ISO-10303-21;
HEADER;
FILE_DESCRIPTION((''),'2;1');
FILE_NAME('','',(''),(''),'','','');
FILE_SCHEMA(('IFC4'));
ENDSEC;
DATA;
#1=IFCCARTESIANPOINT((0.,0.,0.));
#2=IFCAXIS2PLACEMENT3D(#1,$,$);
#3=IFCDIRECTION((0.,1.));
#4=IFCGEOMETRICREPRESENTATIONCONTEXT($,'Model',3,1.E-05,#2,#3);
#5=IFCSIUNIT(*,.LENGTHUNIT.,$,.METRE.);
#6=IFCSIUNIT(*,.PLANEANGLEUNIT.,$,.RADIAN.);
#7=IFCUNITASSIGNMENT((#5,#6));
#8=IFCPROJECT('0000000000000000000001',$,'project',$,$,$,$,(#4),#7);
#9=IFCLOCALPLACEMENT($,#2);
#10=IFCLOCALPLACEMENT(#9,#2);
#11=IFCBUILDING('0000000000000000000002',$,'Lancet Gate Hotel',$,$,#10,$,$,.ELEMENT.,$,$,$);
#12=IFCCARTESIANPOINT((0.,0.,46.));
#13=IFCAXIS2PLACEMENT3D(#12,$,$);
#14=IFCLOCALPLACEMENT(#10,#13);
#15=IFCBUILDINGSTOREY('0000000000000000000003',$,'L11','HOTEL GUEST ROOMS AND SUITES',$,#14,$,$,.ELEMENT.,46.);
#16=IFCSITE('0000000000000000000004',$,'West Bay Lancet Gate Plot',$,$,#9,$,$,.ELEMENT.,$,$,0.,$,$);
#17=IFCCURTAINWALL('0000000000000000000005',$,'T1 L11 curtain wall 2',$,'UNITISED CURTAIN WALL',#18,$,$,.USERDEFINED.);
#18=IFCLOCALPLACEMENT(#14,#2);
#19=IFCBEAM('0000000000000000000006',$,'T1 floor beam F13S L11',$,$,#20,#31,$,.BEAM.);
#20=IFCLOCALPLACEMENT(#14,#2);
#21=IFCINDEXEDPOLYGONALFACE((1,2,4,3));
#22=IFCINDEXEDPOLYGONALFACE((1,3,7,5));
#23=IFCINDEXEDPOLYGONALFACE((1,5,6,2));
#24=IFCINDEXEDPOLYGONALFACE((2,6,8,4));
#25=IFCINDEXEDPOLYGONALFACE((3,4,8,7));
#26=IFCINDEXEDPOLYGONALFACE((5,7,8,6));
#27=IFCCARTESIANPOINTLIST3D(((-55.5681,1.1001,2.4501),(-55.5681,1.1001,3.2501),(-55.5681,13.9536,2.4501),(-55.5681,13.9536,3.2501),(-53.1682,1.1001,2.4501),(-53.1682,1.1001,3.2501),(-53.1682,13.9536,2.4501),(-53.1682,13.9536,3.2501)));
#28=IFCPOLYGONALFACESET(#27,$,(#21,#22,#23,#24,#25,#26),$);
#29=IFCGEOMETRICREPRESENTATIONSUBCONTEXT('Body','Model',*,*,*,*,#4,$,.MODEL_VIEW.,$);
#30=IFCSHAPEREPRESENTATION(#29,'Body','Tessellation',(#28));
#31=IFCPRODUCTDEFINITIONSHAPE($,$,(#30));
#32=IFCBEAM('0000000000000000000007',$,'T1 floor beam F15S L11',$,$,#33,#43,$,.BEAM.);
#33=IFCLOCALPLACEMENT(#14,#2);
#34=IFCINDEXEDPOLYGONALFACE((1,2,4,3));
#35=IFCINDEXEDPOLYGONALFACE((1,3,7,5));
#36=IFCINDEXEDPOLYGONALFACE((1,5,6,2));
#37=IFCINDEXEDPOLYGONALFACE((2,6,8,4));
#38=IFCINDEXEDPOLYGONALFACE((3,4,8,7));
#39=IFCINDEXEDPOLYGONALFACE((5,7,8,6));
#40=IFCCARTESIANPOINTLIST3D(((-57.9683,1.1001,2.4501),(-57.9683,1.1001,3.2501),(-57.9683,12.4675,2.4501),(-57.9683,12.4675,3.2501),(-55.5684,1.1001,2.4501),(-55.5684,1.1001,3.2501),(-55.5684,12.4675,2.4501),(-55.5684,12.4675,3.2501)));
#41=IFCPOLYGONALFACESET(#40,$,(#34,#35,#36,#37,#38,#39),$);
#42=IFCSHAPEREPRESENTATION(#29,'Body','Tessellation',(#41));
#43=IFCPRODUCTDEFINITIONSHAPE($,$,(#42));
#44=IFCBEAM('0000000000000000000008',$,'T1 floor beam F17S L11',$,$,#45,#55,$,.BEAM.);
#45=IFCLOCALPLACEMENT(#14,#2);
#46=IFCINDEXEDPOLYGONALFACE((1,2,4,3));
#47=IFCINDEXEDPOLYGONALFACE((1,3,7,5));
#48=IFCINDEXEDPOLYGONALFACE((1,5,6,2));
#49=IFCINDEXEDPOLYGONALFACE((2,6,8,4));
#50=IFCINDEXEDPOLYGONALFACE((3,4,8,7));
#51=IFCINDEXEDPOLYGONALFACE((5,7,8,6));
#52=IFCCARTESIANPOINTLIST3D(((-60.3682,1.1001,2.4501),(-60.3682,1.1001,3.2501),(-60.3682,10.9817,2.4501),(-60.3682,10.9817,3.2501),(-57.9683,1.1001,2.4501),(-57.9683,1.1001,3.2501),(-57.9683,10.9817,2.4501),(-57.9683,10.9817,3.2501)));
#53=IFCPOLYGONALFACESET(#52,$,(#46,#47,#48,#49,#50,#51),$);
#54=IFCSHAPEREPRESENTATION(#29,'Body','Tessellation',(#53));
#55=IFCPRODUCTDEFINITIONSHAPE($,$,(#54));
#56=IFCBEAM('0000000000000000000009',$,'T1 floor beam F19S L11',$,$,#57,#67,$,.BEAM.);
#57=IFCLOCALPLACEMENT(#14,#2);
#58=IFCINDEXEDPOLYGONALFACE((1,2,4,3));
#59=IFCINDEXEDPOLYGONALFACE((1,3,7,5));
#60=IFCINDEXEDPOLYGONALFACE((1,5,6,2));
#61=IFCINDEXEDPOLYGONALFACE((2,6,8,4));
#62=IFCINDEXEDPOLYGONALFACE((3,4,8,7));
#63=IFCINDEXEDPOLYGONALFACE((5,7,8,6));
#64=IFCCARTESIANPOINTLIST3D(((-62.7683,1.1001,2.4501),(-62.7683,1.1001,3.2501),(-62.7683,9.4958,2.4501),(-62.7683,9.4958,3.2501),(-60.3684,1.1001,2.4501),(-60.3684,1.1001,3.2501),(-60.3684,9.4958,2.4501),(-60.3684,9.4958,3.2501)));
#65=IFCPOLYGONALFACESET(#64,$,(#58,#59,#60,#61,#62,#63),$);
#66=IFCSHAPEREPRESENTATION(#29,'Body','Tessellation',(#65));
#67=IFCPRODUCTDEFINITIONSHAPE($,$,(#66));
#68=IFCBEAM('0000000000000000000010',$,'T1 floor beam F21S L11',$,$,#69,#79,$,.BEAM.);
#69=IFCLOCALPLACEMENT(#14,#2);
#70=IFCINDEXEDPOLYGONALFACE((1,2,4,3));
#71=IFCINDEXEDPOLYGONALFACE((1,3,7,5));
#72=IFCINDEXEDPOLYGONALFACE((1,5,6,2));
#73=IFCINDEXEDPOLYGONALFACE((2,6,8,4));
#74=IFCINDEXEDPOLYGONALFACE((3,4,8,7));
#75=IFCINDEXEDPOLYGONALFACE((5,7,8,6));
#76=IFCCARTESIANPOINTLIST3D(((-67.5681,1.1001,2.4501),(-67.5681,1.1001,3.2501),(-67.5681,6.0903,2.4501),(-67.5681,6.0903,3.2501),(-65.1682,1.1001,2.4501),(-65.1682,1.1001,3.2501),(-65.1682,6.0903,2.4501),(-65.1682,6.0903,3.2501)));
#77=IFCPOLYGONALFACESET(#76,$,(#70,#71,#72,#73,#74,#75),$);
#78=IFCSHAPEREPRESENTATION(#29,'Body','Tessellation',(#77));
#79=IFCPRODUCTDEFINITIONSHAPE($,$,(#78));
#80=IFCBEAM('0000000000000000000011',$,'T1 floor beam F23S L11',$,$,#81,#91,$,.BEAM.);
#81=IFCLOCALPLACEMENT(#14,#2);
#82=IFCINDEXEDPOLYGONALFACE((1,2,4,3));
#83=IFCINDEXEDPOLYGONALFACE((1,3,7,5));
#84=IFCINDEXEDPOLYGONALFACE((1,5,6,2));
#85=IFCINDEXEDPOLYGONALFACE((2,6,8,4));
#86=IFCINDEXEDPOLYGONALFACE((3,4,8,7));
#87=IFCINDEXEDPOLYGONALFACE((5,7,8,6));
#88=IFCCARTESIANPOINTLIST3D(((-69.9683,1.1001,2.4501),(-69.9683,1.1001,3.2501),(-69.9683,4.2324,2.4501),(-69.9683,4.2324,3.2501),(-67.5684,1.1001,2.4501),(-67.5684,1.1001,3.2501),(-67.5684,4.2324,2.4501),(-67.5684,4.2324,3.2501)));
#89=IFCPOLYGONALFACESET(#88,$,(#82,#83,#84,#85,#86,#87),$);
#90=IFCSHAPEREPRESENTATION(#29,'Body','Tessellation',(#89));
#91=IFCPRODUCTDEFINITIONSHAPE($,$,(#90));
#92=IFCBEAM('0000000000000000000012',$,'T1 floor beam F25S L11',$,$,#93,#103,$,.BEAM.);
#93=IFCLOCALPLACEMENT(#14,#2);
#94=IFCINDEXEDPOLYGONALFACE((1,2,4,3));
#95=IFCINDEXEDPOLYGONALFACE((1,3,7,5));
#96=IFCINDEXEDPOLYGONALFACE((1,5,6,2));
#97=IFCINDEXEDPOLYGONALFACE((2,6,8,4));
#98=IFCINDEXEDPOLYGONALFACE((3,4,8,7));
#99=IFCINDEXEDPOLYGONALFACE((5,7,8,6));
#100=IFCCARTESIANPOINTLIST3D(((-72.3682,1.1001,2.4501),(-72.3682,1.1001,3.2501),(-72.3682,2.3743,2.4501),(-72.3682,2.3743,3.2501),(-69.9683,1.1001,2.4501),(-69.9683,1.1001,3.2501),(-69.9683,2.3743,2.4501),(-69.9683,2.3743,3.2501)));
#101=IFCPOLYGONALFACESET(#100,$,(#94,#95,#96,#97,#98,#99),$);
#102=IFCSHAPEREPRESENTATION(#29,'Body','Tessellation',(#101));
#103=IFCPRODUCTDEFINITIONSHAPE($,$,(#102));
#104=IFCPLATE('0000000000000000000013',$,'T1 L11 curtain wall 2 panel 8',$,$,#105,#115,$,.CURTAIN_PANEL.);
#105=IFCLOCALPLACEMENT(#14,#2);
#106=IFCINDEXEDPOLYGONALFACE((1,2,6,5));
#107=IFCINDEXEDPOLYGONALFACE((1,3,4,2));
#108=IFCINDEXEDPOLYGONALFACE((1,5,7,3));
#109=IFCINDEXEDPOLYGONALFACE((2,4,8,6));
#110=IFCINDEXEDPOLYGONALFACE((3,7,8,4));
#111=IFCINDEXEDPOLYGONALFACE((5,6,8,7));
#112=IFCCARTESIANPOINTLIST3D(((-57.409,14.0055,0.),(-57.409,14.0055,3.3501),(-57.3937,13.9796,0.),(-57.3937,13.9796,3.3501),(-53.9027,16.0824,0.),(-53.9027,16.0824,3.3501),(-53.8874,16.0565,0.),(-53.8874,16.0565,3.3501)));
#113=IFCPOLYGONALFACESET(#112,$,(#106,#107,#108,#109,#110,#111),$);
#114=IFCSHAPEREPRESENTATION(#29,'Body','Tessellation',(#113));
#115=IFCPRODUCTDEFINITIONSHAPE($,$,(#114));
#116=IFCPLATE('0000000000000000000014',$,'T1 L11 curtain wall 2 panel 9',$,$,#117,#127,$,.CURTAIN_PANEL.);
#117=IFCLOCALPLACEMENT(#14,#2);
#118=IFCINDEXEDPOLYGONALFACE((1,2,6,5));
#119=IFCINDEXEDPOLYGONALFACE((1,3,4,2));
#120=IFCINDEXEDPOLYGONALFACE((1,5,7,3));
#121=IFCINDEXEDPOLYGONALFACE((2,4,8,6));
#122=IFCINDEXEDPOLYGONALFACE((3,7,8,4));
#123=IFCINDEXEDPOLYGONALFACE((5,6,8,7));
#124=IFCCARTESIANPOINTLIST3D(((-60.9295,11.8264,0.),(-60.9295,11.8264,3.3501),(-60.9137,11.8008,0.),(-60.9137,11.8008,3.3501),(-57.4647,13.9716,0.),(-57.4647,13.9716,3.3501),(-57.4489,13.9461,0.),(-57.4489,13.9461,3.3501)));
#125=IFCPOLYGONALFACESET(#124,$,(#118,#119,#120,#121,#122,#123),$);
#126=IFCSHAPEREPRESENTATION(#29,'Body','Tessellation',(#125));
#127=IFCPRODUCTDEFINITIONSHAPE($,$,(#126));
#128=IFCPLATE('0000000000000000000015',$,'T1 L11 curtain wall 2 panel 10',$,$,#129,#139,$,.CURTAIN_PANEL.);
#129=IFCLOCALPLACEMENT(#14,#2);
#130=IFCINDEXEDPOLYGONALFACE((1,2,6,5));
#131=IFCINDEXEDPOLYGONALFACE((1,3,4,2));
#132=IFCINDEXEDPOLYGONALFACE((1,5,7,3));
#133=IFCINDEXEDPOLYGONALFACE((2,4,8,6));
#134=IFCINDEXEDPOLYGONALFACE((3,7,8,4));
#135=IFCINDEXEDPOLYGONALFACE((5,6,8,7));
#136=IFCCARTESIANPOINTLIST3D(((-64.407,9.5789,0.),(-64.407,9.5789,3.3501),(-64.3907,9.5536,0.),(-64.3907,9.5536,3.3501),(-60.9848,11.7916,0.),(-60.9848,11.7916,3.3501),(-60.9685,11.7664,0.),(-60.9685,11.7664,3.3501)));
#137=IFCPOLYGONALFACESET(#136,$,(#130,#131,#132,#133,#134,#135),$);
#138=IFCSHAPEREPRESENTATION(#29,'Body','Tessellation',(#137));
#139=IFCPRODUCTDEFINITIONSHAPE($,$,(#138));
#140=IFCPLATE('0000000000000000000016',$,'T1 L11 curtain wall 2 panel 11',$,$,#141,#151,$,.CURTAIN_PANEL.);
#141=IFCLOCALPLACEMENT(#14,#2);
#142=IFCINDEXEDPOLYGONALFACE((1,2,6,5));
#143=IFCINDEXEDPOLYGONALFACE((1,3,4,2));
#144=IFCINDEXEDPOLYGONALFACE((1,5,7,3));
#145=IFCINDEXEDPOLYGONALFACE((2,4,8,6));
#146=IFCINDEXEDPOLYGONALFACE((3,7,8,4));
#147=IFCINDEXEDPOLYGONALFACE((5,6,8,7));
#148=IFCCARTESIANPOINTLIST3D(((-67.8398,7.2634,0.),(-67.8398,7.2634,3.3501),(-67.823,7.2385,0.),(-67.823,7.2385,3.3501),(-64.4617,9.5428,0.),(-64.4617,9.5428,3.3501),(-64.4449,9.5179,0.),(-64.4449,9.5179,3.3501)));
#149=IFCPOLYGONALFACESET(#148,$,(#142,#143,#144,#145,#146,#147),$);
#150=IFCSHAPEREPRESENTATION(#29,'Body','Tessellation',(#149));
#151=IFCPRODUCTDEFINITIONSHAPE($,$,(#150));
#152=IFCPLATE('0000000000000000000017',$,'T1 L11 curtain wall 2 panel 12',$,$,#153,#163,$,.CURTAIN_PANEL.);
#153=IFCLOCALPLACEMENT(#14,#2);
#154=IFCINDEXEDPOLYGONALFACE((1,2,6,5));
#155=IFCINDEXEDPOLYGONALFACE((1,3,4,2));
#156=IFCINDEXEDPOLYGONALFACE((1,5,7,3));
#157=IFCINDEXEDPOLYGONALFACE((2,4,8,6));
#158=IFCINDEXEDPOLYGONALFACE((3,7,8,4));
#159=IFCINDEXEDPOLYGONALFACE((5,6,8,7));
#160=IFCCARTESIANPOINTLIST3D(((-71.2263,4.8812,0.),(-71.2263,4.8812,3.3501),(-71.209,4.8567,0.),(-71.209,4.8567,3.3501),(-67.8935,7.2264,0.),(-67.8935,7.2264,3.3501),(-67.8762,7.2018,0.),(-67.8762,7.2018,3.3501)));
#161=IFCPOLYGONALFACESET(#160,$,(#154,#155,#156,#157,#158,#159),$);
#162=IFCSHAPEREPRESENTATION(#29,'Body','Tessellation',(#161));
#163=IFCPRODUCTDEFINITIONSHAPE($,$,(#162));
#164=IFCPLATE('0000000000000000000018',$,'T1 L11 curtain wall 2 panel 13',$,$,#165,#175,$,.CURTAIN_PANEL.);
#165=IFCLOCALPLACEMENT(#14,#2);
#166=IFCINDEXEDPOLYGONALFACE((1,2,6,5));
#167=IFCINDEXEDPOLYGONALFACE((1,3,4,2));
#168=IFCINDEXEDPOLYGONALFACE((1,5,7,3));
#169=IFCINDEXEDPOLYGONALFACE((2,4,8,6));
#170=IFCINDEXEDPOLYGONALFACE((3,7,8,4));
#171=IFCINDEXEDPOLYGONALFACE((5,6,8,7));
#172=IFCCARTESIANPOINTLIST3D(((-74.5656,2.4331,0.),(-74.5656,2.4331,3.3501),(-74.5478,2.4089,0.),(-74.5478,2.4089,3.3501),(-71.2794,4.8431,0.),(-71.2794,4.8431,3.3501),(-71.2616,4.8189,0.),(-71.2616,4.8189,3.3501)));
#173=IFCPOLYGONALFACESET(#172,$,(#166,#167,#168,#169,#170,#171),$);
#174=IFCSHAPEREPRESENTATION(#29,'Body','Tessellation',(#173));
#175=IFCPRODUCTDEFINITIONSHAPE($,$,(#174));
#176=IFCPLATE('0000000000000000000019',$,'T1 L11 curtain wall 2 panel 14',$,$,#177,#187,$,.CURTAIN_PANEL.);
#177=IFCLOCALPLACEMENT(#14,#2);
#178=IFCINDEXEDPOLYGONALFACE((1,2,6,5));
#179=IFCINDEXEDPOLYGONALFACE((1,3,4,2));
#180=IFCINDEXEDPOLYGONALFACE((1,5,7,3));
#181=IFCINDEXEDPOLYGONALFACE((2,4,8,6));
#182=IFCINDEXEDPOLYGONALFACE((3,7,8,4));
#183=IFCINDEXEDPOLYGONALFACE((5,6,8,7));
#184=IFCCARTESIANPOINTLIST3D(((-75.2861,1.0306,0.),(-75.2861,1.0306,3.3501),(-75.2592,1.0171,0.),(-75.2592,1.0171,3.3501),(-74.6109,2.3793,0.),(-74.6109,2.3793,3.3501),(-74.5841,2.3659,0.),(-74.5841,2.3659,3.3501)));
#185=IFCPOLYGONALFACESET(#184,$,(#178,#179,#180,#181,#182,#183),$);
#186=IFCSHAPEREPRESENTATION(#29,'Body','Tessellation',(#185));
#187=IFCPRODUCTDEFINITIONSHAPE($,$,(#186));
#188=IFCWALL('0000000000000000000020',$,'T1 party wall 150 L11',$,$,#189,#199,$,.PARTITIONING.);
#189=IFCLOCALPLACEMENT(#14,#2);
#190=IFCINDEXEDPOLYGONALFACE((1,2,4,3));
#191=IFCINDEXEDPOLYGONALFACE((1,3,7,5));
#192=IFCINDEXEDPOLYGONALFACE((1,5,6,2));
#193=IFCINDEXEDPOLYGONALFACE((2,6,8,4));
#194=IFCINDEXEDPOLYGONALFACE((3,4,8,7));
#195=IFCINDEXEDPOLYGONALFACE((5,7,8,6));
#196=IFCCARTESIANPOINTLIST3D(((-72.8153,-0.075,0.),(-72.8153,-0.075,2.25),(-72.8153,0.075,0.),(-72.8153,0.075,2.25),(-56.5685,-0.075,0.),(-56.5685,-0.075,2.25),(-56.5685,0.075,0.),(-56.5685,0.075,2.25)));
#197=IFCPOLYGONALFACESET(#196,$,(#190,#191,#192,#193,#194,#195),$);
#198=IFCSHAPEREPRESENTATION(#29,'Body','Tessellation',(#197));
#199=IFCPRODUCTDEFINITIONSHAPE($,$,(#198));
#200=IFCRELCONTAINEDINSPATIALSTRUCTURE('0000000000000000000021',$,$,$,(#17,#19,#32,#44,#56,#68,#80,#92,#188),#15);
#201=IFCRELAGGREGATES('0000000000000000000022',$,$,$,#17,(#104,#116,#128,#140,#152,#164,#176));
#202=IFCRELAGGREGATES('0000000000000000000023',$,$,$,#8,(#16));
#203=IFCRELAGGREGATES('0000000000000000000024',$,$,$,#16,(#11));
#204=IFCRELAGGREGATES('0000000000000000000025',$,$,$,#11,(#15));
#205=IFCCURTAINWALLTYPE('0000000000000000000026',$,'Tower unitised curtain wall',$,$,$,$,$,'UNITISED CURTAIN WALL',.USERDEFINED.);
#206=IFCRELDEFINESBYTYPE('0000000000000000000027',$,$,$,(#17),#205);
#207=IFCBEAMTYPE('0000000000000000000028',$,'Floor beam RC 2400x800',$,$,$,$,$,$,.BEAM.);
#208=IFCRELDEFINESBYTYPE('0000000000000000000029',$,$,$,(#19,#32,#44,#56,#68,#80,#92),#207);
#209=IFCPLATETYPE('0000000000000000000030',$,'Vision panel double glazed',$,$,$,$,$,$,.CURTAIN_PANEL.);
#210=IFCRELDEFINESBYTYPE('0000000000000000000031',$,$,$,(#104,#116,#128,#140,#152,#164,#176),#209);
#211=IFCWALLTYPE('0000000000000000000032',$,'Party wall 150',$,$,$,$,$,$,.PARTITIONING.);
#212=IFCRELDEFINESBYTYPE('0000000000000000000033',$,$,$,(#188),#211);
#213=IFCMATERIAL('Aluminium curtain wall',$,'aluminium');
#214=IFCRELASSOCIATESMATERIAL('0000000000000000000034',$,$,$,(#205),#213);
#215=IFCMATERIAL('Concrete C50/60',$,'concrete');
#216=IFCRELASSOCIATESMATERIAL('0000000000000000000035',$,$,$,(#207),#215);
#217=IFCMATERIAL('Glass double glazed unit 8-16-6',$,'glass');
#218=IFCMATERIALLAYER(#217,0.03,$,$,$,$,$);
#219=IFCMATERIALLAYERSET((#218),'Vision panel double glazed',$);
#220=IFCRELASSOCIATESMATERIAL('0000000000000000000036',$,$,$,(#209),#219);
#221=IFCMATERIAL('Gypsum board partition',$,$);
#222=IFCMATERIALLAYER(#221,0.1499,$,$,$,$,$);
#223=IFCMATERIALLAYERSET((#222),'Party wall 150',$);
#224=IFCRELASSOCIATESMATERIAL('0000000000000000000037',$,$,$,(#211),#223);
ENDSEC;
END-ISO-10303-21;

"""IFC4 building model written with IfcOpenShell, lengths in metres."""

from ifc_helpers import new_model, si_unit, direction, frame, frame_2d, origin, origin_2d, place, context, subcontext, project, spatial, rectangle, extrude, material, layer, layer_set, material_profile, profile_set, type_object, element, aggregate, save


model = new_model("IFC4")

# Units and contexts
model_context = context("Model", 3, precision=1e-05, world=origin(), true_north=direction((0.0, 1.0)))
body_context = subcontext(model_context, "Body", "Model", "MODEL_VIEW")
ifc_project = project(units=[si_unit("LENGTHUNIT", "METRE"), si_unit("PLANEANGLEUNIT", "RADIAN")], contexts=[model_context])

# Site, building, storey
site_placement = place(None, origin())
site = spatial("IfcSite", under=ifc_project, at=site_placement, Name="West Bay Lancet Gate Plot", CompositionType="ELEMENT", RefElevation=0.0)
building_placement = place(site_placement, origin())
building = spatial("IfcBuilding", under=site, at=building_placement, Name="Lancet Gate Hotel", CompositionType="ELEMENT")
storey_placement = place(building_placement, frame((0.0, 0.0, 46.0)))
storey = spatial("IfcBuildingStorey", under=building, at=storey_placement, Name="L11", Description="HOTEL GUEST ROOMS AND SUITES", CompositionType="ELEMENT", Elevation=46.0)

# Curtain wall
ifc_material_1 = material(Name="Aluminium curtain wall", Category="aluminium")
curtain_wall_type = type_object("IfcCurtainWallType", Name="Tower unitised curtain wall", ElementType="UNITISED CURTAIN WALL", PredefinedType="USERDEFINED", material=ifc_material_1)
curtain_wall_placement = place(storey_placement, origin())
curtain_wall = element("IfcCurtainWall", 1, at=curtain_wall_placement, inside=storey, type_object=curtain_wall_type, Name="T1 L11 curtain wall 2", ObjectType="UNITISED CURTAIN WALL", PredefinedType="USERDEFINED")

# Beams
ifc_material_2 = material(Name="Concrete C50/60", Category="concrete")
ifc_material_profile_1 = material_profile(ifc_material_2, rectangle(XDim=2.3999, YDim=0.8, at=origin_2d()), Name="RC 2400x800")
ifc_profile_set_1 = profile_set([ifc_material_profile_1], Name="Concrete C50/60")
beam_type_1 = type_object("IfcBeamType", Name="Floor beam RC 2400x800", PredefinedType="BEAM", material=ifc_profile_set_1)
beam_1_placement = place(storey_placement, frame((-54.3682, 13.9536, 2.8501), z_axis=(0.0, -1.0, 0.0), x_axis=(1.0, 0.0, 0.0)))
element("IfcBeam", 2, at=beam_1_placement, inside=storey, type_object=beam_type_1, Name="T1 floor beam F13S L11", PredefinedType="BEAM", context=body_context, shape_type="SweptSolid", body=[
    extrude(rectangle(XDim=2.3999, YDim=0.8, at=origin_2d()), origin(), (0.0, 0.0, 1.0), 12.8535),
])
beam_2_placement = place(storey_placement, frame((-56.7683, 12.4675, 2.8501), z_axis=(0.0, -1.0, 0.0), x_axis=(1.0, 0.0, 0.0)))
element("IfcBeam", 3, at=beam_2_placement, inside=storey, type_object=beam_type_1, Name="T1 floor beam F15S L11", PredefinedType="BEAM", context=body_context, shape_type="SweptSolid", body=[
    extrude(rectangle(XDim=2.3999, YDim=0.8, at=origin_2d()), origin(), (0.0, 0.0, 1.0), 11.3674),
])
beam_3_placement = place(storey_placement, frame((-59.1682, 10.9817, 2.8501), z_axis=(0.0, -1.0, 0.0), x_axis=(1.0, 0.0, 0.0)))
element("IfcBeam", 4, at=beam_3_placement, inside=storey, type_object=beam_type_1, Name="T1 floor beam F17S L11", PredefinedType="BEAM", context=body_context, shape_type="SweptSolid", body=[
    extrude(rectangle(XDim=2.3999, YDim=0.8, at=origin_2d()), origin(), (0.0, 0.0, 1.0), 9.8816),
])
beam_4_placement = place(storey_placement, frame((-61.5684, 9.4958, 2.8501), z_axis=(0.0, -1.0, 0.0), x_axis=(1.0, 0.0, 0.0)))
element("IfcBeam", 5, at=beam_4_placement, inside=storey, type_object=beam_type_1, Name="T1 floor beam F19S L11", PredefinedType="BEAM", context=body_context, shape_type="SweptSolid", body=[
    extrude(rectangle(XDim=2.3999, YDim=0.8, at=origin_2d()), origin(), (0.0, 0.0, 1.0), 8.3958),
])
beam_5_placement = place(storey_placement, frame((-66.3682, 6.0903, 2.8501), z_axis=(0.0, -1.0, 0.0), x_axis=(1.0, 0.0, 0.0)))
element("IfcBeam", 6, at=beam_5_placement, inside=storey, type_object=beam_type_1, Name="T1 floor beam F21S L11", PredefinedType="BEAM", context=body_context, shape_type="SweptSolid", body=[
    extrude(rectangle(XDim=2.3999, YDim=0.8, at=origin_2d()), origin(), (0.0, 0.0, 1.0), 4.9902),
])
beam_6_placement = place(storey_placement, frame((-68.7683, 4.2324, 2.8501), z_axis=(0.0, -1.0, 0.0), x_axis=(1.0, 0.0, 0.0)))
element("IfcBeam", 7, at=beam_6_placement, inside=storey, type_object=beam_type_1, Name="T1 floor beam F23S L11", PredefinedType="BEAM", context=body_context, shape_type="SweptSolid", body=[
    extrude(rectangle(XDim=2.3999, YDim=0.8, at=origin_2d()), origin(), (0.0, 0.0, 1.0), 3.1323),
])
beam_7_placement = place(storey_placement, frame((-71.1682, 2.3743, 2.8501), z_axis=(0.0, -1.0, 0.0), x_axis=(1.0, 0.0, 0.0)))
element("IfcBeam", 8, at=beam_7_placement, inside=storey, type_object=beam_type_1, Name="T1 floor beam F25S L11", PredefinedType="BEAM", context=body_context, shape_type="SweptSolid", body=[
    extrude(rectangle(XDim=2.3999, YDim=0.8, at=origin_2d()), origin(), (0.0, 0.0, 1.0), 1.2742),
])

# Plates
ifc_material_3 = material(Name="Glass double glazed unit 8-16-6", Category="glass")
ifc_layer_1 = layer(ifc_material_3, 0.03)
ifc_layer_set_1 = layer_set([ifc_layer_1], Name="Vision panel double glazed")
plate_type = type_object("IfcPlateType", Name="Vision panel double glazed", PredefinedType="CURTAIN_PANEL", material=ifc_layer_set_1)
plate_1_placement = place(storey_placement, frame((-55.6482, 15.031, 0.0), z_axis=(0.0, 0.0, 1.0), x_axis=(-0.860382, -0.50965, 0.0)))
plate_1 = element("IfcPlate", 9, at=plate_1_placement, type_object=plate_type, Name="T1 L11 curtain wall 2 panel 8", PredefinedType="CURTAIN_PANEL", context=body_context, shape_type="SweptSolid", body=[
    extrude(rectangle(XDim=4.0752, YDim=0.03, at=origin_2d()), origin(), (0.0, 0.0, 1.0), 3.3501),
])
plate_2_placement = place(storey_placement, frame((-59.1892, 12.8862, 0.0), z_axis=(0.0, 0.0, 1.0), x_axis=(-0.850229, -0.526414, 0.0)))
plate_2 = element("IfcPlate", 10, at=plate_2_placement, type_object=plate_type, Name="T1 L11 curtain wall 2 panel 9", PredefinedType="CURTAIN_PANEL", context=body_context, shape_type="SweptSolid", body=[
    extrude(rectangle(XDim=4.0752, YDim=0.03, at=origin_2d()), origin(), (0.0, 0.0, 1.0), 3.3501),
])
plate_3_placement = place(storey_placement, frame((-62.6877, 10.6726, 0.0), z_axis=(0.0, 0.0, 1.0), x_axis=(-0.839749, -0.542975, 0.0)))
plate_3 = element("IfcPlate", 11, at=plate_3_placement, type_object=plate_type, Name="T1 L11 curtain wall 2 panel 10", PredefinedType="CURTAIN_PANEL", context=body_context, shape_type="SweptSolid", body=[
    extrude(rectangle(XDim=4.0752, YDim=0.03, at=origin_2d()), origin(), (0.0, 0.0, 1.0), 3.3501),
])
plate_4_placement = place(storey_placement, frame((-66.1423, 8.3906, 0.0), z_axis=(0.0, 0.0, 1.0), x_axis=(-0.828946, -0.559329, 0.0)))
plate_4 = element("IfcPlate", 12, at=plate_4_placement, type_object=plate_type, Name="T1 L11 curtain wall 2 panel 11", PredefinedType="CURTAIN_PANEL", context=body_context, shape_type="SweptSolid", body=[
    extrude(rectangle(XDim=4.0752, YDim=0.03, at=origin_2d()), origin(), (0.0, 0.0, 1.0), 3.3501),
])
plate_5_placement = place(storey_placement, frame((-69.5513, 6.0415, 0.0), z_axis=(0.0, 0.0, 1.0), x_axis=(-0.817825, -0.575467, 0.0)))
plate_5 = element("IfcPlate", 13, at=plate_5_placement, type_object=plate_type, Name="T1 L11 curtain wall 2 panel 12", PredefinedType="CURTAIN_PANEL", context=body_context, shape_type="SweptSolid", body=[
    extrude(rectangle(XDim=4.0752, YDim=0.03, at=origin_2d()), origin(), (0.0, 0.0, 1.0), 3.3501),
])
plate_6_placement = place(storey_placement, frame((-72.9136, 3.626, 0.0), z_axis=(0.0, 0.0, 1.0), x_axis=(-0.80639, -0.591384, 0.0)))
plate_6 = element("IfcPlate", 14, at=plate_6_placement, type_object=plate_type, Name="T1 L11 curtain wall 2 panel 13", PredefinedType="CURTAIN_PANEL", context=body_context, shape_type="SweptSolid", body=[
    extrude(rectangle(XDim=4.0752, YDim=0.03, at=origin_2d()), origin(), (0.0, 0.0, 1.0), 3.3501),
])
plate_7_placement = place(storey_placement, frame((-74.9351, 1.6982, 0.0), z_axis=(0.0, 0.0, 1.0), x_axis=(-0.447628, -0.89422, 0.0)))
plate_7 = element("IfcPlate", 15, at=plate_7_placement, type_object=plate_type, Name="T1 L11 curtain wall 2 panel 14", PredefinedType="CURTAIN_PANEL", context=body_context, shape_type="SweptSolid", body=[
    extrude(rectangle(XDim=1.5083, YDim=0.03, at=origin_2d()), origin(), (0.0, 0.0, 1.0), 3.3501),
])
aggregate(curtain_wall, [plate_1, plate_2, plate_3, plate_4, plate_5, plate_6, plate_7])

# Wall
ifc_material_4 = material(Name="Gypsum board partition")
ifc_layer_2 = layer(ifc_material_4, 0.1499)
ifc_layer_set_2 = layer_set([ifc_layer_2], Name="Party wall 150")
wall_type = type_object("IfcWallType", Name="Party wall 150", PredefinedType="PARTITIONING", material=ifc_layer_set_2)
wall_placement = place(storey_placement, frame((-56.5684, 0.0, 0.0), z_axis=(0.0, 0.0, 1.0), x_axis=(-1.0, 0.0, 0.0)))
element("IfcWall", 16, at=wall_placement, inside=storey, type_object=wall_type, Name="T1 party wall 150 L11", PredefinedType="PARTITIONING", context=body_context, shape_type="SweptSolid", body=[
    extrude(rectangle(XDim=16.2468, YDim=0.1499, at=frame_2d((8.1235, 0.0))), origin(), (0.0, 0.0, 1.0), 2.25),
])

save(model, "model.ifc")
